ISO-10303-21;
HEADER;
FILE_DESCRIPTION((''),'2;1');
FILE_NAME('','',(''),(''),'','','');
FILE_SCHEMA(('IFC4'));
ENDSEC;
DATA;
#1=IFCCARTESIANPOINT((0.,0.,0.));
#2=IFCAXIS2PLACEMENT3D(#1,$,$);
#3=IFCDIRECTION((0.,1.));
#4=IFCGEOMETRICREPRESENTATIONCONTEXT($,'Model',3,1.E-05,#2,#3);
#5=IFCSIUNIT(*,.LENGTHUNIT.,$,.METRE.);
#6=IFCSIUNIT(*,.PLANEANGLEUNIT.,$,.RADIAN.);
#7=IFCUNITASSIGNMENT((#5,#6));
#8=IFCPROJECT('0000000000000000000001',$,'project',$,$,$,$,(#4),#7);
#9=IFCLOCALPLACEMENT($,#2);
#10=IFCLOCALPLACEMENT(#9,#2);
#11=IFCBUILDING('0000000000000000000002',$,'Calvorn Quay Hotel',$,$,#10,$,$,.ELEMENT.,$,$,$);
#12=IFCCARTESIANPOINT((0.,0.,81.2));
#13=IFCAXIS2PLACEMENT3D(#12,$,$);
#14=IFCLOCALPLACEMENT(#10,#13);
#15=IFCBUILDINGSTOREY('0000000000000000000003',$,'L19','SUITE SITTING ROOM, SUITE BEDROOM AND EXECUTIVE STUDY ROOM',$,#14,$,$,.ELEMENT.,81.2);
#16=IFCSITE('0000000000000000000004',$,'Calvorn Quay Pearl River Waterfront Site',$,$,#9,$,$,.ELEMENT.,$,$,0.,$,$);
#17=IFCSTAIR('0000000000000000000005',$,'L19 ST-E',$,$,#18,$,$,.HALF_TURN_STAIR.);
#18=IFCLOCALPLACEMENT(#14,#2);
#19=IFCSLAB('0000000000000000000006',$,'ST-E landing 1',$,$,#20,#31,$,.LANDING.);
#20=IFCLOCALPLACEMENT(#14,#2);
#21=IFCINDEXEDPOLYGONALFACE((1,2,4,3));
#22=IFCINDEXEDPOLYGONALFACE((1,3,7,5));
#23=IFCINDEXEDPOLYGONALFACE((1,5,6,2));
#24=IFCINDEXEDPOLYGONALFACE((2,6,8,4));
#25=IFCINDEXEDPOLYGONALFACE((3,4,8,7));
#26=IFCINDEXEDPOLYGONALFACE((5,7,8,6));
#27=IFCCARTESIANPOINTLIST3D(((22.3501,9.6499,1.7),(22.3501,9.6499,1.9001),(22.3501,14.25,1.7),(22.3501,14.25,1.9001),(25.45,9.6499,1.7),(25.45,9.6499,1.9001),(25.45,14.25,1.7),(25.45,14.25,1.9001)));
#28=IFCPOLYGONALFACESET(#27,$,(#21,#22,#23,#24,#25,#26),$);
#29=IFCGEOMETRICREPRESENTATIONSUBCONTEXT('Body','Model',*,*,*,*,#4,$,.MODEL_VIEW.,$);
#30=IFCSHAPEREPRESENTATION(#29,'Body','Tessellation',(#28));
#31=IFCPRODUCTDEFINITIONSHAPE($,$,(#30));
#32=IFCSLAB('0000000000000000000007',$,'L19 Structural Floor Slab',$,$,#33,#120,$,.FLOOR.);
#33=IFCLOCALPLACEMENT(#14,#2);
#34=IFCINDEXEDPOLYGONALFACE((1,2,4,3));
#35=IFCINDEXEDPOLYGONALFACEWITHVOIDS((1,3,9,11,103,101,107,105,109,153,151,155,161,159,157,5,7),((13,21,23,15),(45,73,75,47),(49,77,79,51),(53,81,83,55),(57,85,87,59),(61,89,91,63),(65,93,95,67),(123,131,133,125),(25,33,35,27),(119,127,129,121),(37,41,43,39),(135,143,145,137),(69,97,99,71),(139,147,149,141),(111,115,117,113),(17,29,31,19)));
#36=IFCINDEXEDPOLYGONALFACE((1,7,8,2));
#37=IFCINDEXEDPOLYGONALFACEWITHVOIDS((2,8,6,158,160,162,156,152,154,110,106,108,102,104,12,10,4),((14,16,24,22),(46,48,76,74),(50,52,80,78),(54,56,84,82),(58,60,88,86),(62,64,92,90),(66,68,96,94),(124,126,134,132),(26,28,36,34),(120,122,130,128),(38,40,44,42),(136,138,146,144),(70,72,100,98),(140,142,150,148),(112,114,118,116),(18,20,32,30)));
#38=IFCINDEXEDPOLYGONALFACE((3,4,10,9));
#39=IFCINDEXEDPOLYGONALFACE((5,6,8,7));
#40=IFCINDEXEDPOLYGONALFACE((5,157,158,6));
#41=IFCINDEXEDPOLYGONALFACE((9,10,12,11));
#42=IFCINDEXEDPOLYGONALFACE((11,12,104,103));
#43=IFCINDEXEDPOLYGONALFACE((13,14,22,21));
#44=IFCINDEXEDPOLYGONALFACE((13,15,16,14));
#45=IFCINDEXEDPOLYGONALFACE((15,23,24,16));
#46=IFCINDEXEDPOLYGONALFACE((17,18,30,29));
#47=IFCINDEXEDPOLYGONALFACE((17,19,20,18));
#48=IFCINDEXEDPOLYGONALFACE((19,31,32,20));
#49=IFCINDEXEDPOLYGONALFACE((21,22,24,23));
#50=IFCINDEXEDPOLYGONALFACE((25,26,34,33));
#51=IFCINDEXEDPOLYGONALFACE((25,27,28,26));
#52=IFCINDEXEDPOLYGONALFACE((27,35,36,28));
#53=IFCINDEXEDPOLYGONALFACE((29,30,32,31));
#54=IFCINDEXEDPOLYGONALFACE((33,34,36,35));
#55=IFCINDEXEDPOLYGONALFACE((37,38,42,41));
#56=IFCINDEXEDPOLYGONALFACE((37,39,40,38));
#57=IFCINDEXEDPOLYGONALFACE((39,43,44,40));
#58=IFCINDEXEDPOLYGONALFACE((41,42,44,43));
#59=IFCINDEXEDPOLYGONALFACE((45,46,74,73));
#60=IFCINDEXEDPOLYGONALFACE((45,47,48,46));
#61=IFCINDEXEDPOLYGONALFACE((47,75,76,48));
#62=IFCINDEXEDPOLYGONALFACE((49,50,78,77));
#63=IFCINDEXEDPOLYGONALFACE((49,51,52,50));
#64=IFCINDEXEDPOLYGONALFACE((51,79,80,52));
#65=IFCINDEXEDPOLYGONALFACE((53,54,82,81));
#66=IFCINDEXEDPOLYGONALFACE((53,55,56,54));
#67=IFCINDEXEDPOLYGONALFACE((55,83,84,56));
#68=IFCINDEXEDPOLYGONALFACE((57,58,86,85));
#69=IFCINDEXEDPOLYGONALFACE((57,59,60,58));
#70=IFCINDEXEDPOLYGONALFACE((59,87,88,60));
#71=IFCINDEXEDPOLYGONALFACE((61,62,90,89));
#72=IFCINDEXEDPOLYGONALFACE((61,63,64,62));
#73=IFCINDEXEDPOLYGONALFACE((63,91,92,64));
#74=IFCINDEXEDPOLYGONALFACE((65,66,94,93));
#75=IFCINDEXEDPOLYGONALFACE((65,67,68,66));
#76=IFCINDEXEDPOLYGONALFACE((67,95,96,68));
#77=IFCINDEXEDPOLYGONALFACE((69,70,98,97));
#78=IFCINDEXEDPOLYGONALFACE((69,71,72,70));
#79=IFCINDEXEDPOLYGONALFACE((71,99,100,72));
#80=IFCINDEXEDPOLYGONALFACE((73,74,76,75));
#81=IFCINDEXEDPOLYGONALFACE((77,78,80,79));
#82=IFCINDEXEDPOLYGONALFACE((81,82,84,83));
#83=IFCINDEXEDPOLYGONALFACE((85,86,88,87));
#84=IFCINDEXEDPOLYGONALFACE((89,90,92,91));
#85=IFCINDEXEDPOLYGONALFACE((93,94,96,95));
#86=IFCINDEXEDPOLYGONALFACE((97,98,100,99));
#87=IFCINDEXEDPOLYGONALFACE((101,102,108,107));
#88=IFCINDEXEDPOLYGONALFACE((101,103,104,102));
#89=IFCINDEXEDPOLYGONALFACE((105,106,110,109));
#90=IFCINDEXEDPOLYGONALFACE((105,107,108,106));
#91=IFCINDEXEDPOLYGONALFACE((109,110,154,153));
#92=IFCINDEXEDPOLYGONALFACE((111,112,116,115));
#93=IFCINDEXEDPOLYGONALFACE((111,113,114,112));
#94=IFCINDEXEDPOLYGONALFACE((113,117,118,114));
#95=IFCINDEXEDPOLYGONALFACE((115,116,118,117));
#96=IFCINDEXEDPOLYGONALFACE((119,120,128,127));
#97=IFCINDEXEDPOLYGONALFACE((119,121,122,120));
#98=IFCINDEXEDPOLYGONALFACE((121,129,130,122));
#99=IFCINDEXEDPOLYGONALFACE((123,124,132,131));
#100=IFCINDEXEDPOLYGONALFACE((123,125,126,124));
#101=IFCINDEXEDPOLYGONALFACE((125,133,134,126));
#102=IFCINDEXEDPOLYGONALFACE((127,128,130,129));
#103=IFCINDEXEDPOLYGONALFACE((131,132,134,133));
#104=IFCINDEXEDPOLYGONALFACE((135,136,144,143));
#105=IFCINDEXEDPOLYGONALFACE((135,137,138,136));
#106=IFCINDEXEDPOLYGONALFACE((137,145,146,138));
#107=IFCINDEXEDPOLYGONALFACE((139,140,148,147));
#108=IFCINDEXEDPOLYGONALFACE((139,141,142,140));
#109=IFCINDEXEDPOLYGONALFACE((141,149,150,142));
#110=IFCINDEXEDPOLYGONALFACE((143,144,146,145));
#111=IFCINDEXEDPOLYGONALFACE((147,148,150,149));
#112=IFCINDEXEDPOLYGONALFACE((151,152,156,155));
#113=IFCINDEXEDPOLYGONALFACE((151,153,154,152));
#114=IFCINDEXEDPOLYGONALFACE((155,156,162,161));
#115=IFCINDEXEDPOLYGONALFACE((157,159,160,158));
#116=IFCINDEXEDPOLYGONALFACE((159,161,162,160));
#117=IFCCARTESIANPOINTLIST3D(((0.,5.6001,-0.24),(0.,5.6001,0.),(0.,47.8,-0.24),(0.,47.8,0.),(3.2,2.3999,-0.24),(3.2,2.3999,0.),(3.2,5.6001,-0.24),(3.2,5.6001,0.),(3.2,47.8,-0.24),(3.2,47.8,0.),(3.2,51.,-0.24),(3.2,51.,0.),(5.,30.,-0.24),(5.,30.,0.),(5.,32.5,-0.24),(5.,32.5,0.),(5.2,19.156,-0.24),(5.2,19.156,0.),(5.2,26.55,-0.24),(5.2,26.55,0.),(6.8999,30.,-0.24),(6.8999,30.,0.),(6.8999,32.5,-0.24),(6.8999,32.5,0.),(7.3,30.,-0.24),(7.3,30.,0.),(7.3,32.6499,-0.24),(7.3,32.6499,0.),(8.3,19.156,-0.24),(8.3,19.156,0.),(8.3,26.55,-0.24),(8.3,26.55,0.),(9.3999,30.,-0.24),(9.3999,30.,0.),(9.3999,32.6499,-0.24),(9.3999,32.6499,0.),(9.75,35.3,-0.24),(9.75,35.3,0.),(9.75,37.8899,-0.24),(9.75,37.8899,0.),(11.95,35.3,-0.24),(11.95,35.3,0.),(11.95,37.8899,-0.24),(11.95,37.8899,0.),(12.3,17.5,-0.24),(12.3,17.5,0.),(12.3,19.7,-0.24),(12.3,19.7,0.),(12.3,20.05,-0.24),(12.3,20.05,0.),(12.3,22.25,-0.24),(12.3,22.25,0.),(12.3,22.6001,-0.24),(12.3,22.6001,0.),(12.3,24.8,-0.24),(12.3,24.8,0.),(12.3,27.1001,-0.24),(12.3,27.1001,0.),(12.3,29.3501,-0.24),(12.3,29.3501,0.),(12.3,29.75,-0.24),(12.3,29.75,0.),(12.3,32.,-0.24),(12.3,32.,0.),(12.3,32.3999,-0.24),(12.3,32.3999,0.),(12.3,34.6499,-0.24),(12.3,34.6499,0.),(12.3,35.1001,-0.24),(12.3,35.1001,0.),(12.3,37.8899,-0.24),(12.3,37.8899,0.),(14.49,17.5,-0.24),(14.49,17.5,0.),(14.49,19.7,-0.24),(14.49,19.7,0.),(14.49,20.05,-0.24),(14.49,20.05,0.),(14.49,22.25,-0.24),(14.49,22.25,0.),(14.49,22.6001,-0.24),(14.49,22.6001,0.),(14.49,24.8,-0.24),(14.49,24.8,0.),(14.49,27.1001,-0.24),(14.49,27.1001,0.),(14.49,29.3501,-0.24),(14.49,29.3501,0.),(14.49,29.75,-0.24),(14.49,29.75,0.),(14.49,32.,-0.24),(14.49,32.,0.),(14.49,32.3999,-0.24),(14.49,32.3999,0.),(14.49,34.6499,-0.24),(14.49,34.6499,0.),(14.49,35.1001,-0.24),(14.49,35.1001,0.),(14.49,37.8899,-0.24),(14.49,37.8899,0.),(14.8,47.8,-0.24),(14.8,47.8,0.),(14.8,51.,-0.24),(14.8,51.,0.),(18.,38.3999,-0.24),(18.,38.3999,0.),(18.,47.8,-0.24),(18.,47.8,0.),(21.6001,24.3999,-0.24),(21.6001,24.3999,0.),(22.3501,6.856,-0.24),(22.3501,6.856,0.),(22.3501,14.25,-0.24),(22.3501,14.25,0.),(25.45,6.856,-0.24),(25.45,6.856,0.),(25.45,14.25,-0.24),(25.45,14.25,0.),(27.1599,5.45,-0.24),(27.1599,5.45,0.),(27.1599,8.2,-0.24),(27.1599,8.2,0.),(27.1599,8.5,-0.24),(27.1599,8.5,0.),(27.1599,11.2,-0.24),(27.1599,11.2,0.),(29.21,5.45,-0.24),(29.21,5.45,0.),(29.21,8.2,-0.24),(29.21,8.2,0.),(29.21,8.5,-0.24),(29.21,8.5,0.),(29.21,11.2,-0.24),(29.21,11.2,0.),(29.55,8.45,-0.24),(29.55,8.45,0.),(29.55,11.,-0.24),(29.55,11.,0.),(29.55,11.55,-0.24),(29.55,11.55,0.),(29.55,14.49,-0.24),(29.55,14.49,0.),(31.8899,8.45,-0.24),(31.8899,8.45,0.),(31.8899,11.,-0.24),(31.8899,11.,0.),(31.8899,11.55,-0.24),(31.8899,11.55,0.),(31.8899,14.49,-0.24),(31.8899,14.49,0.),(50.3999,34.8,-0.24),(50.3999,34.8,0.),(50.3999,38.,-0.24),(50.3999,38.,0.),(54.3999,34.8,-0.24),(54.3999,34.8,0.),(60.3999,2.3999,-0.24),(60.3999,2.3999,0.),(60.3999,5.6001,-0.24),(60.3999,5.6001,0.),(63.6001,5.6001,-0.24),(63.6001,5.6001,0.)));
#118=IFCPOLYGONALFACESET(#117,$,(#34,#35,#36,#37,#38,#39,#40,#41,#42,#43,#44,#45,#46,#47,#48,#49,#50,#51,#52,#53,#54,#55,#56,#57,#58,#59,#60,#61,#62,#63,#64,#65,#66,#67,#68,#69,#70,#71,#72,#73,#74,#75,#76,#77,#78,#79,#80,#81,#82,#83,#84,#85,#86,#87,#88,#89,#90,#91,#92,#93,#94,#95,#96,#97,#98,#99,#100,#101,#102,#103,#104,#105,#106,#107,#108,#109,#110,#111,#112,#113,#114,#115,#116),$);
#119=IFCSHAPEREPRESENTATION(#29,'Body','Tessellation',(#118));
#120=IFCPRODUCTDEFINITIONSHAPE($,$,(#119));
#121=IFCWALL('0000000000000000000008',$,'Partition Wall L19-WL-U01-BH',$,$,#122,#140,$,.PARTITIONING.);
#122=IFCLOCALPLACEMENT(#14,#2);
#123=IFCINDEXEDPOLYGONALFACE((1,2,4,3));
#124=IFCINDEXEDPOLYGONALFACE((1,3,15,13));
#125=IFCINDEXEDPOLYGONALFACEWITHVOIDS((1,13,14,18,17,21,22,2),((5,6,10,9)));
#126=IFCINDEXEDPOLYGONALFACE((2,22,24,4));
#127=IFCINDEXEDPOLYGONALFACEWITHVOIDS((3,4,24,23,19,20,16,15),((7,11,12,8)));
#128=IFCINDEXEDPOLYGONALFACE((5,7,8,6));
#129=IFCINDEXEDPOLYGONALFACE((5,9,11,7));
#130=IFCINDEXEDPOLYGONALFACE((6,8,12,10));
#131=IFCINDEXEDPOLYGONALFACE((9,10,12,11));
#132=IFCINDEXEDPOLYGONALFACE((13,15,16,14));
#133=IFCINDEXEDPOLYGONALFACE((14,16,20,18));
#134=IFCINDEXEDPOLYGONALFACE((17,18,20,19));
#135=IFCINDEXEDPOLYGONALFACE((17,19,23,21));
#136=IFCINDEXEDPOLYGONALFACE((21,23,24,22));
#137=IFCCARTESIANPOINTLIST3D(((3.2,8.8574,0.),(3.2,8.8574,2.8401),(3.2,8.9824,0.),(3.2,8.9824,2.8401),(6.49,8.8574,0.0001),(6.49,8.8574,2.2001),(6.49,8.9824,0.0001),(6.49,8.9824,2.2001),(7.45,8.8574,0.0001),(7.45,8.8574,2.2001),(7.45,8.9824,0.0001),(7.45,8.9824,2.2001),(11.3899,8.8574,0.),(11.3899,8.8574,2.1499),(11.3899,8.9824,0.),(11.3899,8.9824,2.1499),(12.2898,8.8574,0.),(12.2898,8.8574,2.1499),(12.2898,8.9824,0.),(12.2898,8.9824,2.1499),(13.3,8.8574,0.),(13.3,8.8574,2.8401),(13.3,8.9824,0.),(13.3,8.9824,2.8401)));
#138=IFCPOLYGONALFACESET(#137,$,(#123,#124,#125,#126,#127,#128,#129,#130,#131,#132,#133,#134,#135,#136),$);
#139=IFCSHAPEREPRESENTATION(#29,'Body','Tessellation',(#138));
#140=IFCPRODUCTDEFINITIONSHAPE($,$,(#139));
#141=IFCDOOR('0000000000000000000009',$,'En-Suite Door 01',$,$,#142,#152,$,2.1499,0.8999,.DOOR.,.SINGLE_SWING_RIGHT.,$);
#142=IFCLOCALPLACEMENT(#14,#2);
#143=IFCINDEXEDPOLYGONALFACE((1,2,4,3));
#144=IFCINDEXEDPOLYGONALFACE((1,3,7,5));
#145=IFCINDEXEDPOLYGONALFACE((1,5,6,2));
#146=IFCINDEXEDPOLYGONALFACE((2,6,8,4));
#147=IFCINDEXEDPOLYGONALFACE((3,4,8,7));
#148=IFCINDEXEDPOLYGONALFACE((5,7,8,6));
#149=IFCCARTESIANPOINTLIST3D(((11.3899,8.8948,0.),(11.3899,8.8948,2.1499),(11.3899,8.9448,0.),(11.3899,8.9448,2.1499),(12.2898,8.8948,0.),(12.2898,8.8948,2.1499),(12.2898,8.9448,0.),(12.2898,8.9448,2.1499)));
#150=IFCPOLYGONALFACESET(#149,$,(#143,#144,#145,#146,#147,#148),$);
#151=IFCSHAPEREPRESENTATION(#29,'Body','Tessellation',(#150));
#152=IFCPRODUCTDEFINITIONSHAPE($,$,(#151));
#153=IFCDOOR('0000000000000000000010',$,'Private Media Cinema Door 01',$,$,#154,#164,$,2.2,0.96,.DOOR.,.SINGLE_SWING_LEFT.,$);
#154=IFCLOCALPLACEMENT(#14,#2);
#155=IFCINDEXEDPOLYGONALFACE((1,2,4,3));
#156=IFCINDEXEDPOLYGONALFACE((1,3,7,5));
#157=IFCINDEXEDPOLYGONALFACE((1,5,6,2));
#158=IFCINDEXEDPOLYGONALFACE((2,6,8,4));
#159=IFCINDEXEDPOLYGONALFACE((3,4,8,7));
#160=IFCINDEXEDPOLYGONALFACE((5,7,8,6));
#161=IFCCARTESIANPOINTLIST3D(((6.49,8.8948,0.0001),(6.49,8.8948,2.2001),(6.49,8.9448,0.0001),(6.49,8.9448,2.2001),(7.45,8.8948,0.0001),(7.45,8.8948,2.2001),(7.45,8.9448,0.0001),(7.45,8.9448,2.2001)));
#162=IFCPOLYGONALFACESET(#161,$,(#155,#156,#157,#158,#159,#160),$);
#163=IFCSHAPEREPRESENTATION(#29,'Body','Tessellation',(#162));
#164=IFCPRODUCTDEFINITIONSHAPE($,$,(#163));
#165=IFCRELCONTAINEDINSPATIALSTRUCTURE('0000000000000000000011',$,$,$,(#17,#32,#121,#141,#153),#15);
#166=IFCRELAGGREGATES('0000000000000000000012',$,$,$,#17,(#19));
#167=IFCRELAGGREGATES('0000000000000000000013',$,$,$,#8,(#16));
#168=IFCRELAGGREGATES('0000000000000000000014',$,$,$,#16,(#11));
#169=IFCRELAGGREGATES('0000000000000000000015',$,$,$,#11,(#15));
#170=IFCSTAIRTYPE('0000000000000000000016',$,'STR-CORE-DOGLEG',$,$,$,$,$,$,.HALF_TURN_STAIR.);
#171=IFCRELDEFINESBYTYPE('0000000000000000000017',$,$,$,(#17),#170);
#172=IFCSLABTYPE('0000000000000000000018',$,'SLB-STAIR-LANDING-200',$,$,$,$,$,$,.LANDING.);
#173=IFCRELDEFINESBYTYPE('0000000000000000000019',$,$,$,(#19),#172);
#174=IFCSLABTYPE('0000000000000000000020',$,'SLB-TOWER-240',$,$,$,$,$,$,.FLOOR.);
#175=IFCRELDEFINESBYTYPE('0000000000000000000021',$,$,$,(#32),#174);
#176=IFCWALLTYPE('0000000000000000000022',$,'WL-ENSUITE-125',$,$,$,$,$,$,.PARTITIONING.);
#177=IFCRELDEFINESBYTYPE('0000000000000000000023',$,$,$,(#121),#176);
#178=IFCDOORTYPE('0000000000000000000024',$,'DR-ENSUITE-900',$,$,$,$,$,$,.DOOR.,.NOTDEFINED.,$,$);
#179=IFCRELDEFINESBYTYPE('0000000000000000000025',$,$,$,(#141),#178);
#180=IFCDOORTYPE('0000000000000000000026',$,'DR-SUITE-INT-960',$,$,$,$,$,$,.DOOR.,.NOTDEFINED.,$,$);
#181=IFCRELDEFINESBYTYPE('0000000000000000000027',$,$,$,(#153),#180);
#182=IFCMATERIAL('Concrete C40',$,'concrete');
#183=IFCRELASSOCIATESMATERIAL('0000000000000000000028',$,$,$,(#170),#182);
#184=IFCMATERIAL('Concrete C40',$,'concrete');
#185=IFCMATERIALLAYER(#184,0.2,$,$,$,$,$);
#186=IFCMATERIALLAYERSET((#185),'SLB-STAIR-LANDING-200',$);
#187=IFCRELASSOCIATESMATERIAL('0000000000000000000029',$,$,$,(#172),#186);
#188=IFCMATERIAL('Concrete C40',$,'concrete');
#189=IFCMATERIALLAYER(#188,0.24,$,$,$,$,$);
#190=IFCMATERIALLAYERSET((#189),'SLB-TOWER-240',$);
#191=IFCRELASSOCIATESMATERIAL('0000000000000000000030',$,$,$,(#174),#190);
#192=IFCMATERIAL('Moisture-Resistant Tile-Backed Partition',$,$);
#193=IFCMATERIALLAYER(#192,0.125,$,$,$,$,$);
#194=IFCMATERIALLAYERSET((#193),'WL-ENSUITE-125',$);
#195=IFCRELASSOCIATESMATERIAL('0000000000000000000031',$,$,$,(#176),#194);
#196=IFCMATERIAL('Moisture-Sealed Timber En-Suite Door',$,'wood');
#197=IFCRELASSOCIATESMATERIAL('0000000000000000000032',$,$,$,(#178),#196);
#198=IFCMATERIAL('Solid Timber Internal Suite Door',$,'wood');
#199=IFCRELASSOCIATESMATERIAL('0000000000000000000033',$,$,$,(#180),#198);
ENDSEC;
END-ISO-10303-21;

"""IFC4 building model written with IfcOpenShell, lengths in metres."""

from ifc_helpers import new_model, si_unit, direction, frame, frame_2d, origin, place, context, subcontext, project, spatial, polyline, rectangle, outline, extrude, material, layer, layer_set, type_object, element, fill, aggregate, save


model = new_model("IFC4")

# Units and contexts
model_context = context("Model", 3, precision=1e-05, world=origin(), true_north=direction((0.0, 1.0)))
body_context = subcontext(model_context, "Body", "Model", "MODEL_VIEW")
ifc_project = project(units=[si_unit("LENGTHUNIT", "METRE"), si_unit("PLANEANGLEUNIT", "RADIAN")], contexts=[model_context])

# Site, building, storey
site_placement = place(None, origin())
site = spatial("IfcSite", under=ifc_project, at=site_placement, Name="Calvorn Quay Pearl River Waterfront Site", CompositionType="ELEMENT", RefElevation=0.0)
building_placement = place(site_placement, origin())
building = spatial("IfcBuilding", under=site, at=building_placement, Name="Calvorn Quay Hotel", CompositionType="ELEMENT")
storey_placement = place(building_placement, frame((0.0, 0.0, 81.2)))
storey = spatial("IfcBuildingStorey", under=building, at=storey_placement, Name="L19", Description="SUITE SITTING ROOM, SUITE BEDROOM AND EXECUTIVE STUDY ROOM", CompositionType="ELEMENT", Elevation=81.2)

# Stair, slab
ifc_material_1 = material(Name="Concrete C40", Category="concrete")
stair_type = type_object("IfcStairType", Name="STR-CORE-DOGLEG", PredefinedType="HALF_TURN_STAIR", material=ifc_material_1)
ifc_material_2 = material(Name="Concrete C40", Category="concrete")
ifc_layer_1 = layer(ifc_material_2, 0.2)
ifc_layer_set_1 = layer_set([ifc_layer_1], Name="SLB-STAIR-LANDING-200")
slab_type_1 = type_object("IfcSlabType", Name="SLB-STAIR-LANDING-200", PredefinedType="LANDING", material=ifc_layer_set_1)
stair_1_placement = place(storey_placement, origin())
stair_1 = element("IfcStair", 1, at=stair_1_placement, inside=storey, type_object=stair_type, Name="L19 ST-E", PredefinedType="HALF_TURN_STAIR")
slab_1_placement = place(storey_placement, frame((0.0, 0.0, 1.7)))
slab_1 = element("IfcSlab", 2, at=slab_1_placement, type_object=slab_type_1, Name="ST-E landing 1", PredefinedType="LANDING", context=body_context, shape_type="SweptSolid", body=[
    extrude(outline(polyline([(25.45, 9.6499), (25.45, 14.25), (22.3501, 14.25), (22.3501, 9.6499), (25.45, 9.6499)])), origin(), (0.0, 0.0, 1.0), 0.2002),
])
aggregate(stair_1, [slab_1])

# Slab
ifc_material_3 = material(Name="Concrete C40", Category="concrete")
ifc_layer_2 = layer(ifc_material_3, 0.24)
ifc_layer_set_2 = layer_set([ifc_layer_2], Name="SLB-TOWER-240")
slab_type_2 = type_object("IfcSlabType", Name="SLB-TOWER-240", PredefinedType="FLOOR", material=ifc_layer_set_2)
slab_2_placement = place(storey_placement, frame((0.0, 0.0, -0.24)))
element("IfcSlab", 3, at=slab_2_placement, inside=storey, type_object=slab_type_2, Name="L19 Structural Floor Slab", PredefinedType="FLOOR", context=body_context, shape_type="SweptSolid", body=[
    extrude(outline(polyline([(0.0, 5.6001), (3.2, 5.6001), (3.2, 2.3999), (60.3999, 2.3999), (60.3999, 5.6001), (63.6001, 5.6001), (54.3999, 34.8), (50.3999, 34.8), (50.3999, 38.0), (21.6001, 24.3999), (18.0, 38.3999), (18.0, 47.8), (14.8, 47.8), (14.8, 51.0), (3.2, 51.0), (3.2, 47.8), (0.0, 47.8), (0.0, 5.6001)]), holes=[polyline([(5.2, 19.156), (8.3, 19.156), (8.3, 26.55), (5.2, 26.55), (5.2, 19.156)]), polyline([(22.3501, 6.856), (25.45, 6.856), (25.45, 14.25), (22.3501, 14.25), (22.3501, 6.856)]), polyline([(5.0, 30.0), (6.8999, 30.0), (6.8999, 32.5), (5.0, 32.5), (5.0, 30.0)]), polyline([(7.3, 30.0), (9.3999, 30.0), (9.3999, 32.6499), (7.3, 32.6499), (7.3, 30.0)]), polyline([(27.1599, 8.5), (29.21, 8.5), (29.21, 11.2), (27.1599, 11.2), (27.1599, 8.5)]), polyline([(27.1599, 5.45), (29.21, 5.45), (29.21, 8.2), (27.1599, 8.2), (27.1599, 5.45)]), polyline([(12.3, 17.5), (14.49, 17.5), (14.49, 19.7), (12.3, 19.7), (12.3, 17.5)]), polyline([(12.3, 20.05), (14.49, 20.05), (14.49, 22.25), (12.3, 22.25), (12.3, 20.05)]), polyline([(12.3, 22.6001), (14.49, 22.6001), (14.49, 24.8), (12.3, 24.8), (12.3, 22.6001)]), polyline([(12.3, 27.1001), (14.49, 27.1001), (14.49, 29.3501), (12.3, 29.3501), (12.3, 27.1001)]), polyline([(12.3, 29.75), (14.49, 29.75), (14.49, 32.0), (12.3, 32.0), (12.3, 29.75)]), polyline([(12.3, 32.3999), (14.49, 32.3999), (14.49, 34.6499), (12.3, 34.6499), (12.3, 32.3999)]), polyline([(12.3, 35.1001), (14.49, 35.1001), (14.49, 37.8899), (12.3, 37.8899), (12.3, 35.1001)]), polyline([(9.75, 35.3), (11.95, 35.3), (11.95, 37.8899), (9.75, 37.8899), (9.75, 35.3)]), polyline([(29.55, 11.55), (31.8899, 11.55), (31.8899, 14.49), (29.55, 14.49), (29.55, 11.55)]), polyline([(29.55, 8.45), (31.8899, 8.45), (31.8899, 11.0), (29.55, 11.0), (29.55, 8.45)])]), origin(), (0.0, 0.0, 1.0), 0.24),
])

# Wall, openings, doors
ifc_material_4 = material(Name="Moisture-Resistant Tile-Backed Partition")
ifc_layer_3 = layer(ifc_material_4, 0.125)
ifc_layer_set_3 = layer_set([ifc_layer_3], Name="WL-ENSUITE-125")
wall_type_1 = type_object("IfcWallType", Name="WL-ENSUITE-125", PredefinedType="PARTITIONING", material=ifc_layer_set_3)
wall_1_placement = place(storey_placement, frame((3.2, 8.9199, 0.0), z_axis=(0.0, 0.0, 1.0), x_axis=(1.0, 0.0, 0.0)))
wall_1 = element("IfcWall", 4, at=wall_1_placement, inside=storey, type_object=wall_type_1, Name="Partition Wall L19-WL-U01-BH", PredefinedType="PARTITIONING", context=body_context, shape_type="SweptSolid", body=[
    extrude(rectangle(XDim=10.1001, YDim=0.125, at=frame_2d((5.05, 0.0))), origin(), (0.0, 0.0, 1.0), 2.8401),
])
opening_1_placement = place(wall_1_placement, frame((3.29, 0.0, 0.0)))
opening_1 = element("IfcOpeningElement", 5, at=opening_1_placement, cuts=wall_1, PredefinedType="OPENING", context=body_context, shape_type="SweptSolid", body=[
    extrude(rectangle(XDim=0.96, YDim=2.2, at=frame_2d((0.48, 1.1001))), frame((0.0, 0.0725, 0.0), z_axis=(0.0, -1.0, 0.0), x_axis=(1.0, 0.0, 0.0)), (0.0, 0.0, 1.0), 0.145),
])
opening_2_placement = place(wall_1_placement, frame((8.1899, 0.0, 0.0)))
opening_2 = element("IfcOpeningElement", 6, at=opening_2_placement, cuts=wall_1, PredefinedType="OPENING", context=body_context, shape_type="SweptSolid", body=[
    extrude(rectangle(XDim=0.8999, YDim=2.1499, at=frame_2d((0.45, 1.075))), frame((0.0, 0.0725, 0.0), z_axis=(0.0, -1.0, 0.0), x_axis=(1.0, 0.0, 0.0)), (0.0, 0.0, 1.0), 0.145),
])
ifc_material_5 = material(Name="Moisture-Sealed Timber En-Suite Door", Category="wood")
door_type_1 = type_object("IfcDoorType", Name="DR-ENSUITE-900", OperationType="NOTDEFINED", PredefinedType="DOOR", material=ifc_material_5)
door_1_placement = place(opening_2_placement, origin())
door_1 = element("IfcDoor", 7, at=door_1_placement, inside=storey, type_object=door_type_1, Name="En-Suite Door 01", OperationType="SINGLE_SWING_RIGHT", OverallHeight=2.1499, OverallWidth=0.8999, PredefinedType="DOOR", context=body_context, shape_type="SweptSolid", body=[
    extrude(rectangle(XDim=0.8999, YDim=2.1499, at=frame_2d((0.45, 1.075))), frame((0.0, 0.0249, 0.0), z_axis=(0.0, -1.0, 0.0), x_axis=(1.0, 0.0, 0.0)), (0.0, 0.0, 1.0), 0.05),
])
fill(opening_2, door_1)
ifc_material_6 = material(Name="Solid Timber Internal Suite Door", Category="wood")
door_type_2 = type_object("IfcDoorType", Name="DR-SUITE-INT-960", OperationType="NOTDEFINED", PredefinedType="DOOR", material=ifc_material_6)
door_2_placement = place(opening_1_placement, origin())
door_2 = element("IfcDoor", 8, at=door_2_placement, inside=storey, type_object=door_type_2, Name="Private Media Cinema Door 01", OperationType="SINGLE_SWING_LEFT", OverallHeight=2.2, OverallWidth=0.96, PredefinedType="DOOR", context=body_context, shape_type="SweptSolid", body=[
    extrude(rectangle(XDim=0.96, YDim=2.2, at=frame_2d((0.48, 1.1001))), frame((0.0, 0.0249, 0.0), z_axis=(0.0, -1.0, 0.0), x_axis=(1.0, 0.0, 0.0)), (0.0, 0.0, 1.0), 0.05),
])
fill(opening_1, door_2)

save(model, "model.ifc")
